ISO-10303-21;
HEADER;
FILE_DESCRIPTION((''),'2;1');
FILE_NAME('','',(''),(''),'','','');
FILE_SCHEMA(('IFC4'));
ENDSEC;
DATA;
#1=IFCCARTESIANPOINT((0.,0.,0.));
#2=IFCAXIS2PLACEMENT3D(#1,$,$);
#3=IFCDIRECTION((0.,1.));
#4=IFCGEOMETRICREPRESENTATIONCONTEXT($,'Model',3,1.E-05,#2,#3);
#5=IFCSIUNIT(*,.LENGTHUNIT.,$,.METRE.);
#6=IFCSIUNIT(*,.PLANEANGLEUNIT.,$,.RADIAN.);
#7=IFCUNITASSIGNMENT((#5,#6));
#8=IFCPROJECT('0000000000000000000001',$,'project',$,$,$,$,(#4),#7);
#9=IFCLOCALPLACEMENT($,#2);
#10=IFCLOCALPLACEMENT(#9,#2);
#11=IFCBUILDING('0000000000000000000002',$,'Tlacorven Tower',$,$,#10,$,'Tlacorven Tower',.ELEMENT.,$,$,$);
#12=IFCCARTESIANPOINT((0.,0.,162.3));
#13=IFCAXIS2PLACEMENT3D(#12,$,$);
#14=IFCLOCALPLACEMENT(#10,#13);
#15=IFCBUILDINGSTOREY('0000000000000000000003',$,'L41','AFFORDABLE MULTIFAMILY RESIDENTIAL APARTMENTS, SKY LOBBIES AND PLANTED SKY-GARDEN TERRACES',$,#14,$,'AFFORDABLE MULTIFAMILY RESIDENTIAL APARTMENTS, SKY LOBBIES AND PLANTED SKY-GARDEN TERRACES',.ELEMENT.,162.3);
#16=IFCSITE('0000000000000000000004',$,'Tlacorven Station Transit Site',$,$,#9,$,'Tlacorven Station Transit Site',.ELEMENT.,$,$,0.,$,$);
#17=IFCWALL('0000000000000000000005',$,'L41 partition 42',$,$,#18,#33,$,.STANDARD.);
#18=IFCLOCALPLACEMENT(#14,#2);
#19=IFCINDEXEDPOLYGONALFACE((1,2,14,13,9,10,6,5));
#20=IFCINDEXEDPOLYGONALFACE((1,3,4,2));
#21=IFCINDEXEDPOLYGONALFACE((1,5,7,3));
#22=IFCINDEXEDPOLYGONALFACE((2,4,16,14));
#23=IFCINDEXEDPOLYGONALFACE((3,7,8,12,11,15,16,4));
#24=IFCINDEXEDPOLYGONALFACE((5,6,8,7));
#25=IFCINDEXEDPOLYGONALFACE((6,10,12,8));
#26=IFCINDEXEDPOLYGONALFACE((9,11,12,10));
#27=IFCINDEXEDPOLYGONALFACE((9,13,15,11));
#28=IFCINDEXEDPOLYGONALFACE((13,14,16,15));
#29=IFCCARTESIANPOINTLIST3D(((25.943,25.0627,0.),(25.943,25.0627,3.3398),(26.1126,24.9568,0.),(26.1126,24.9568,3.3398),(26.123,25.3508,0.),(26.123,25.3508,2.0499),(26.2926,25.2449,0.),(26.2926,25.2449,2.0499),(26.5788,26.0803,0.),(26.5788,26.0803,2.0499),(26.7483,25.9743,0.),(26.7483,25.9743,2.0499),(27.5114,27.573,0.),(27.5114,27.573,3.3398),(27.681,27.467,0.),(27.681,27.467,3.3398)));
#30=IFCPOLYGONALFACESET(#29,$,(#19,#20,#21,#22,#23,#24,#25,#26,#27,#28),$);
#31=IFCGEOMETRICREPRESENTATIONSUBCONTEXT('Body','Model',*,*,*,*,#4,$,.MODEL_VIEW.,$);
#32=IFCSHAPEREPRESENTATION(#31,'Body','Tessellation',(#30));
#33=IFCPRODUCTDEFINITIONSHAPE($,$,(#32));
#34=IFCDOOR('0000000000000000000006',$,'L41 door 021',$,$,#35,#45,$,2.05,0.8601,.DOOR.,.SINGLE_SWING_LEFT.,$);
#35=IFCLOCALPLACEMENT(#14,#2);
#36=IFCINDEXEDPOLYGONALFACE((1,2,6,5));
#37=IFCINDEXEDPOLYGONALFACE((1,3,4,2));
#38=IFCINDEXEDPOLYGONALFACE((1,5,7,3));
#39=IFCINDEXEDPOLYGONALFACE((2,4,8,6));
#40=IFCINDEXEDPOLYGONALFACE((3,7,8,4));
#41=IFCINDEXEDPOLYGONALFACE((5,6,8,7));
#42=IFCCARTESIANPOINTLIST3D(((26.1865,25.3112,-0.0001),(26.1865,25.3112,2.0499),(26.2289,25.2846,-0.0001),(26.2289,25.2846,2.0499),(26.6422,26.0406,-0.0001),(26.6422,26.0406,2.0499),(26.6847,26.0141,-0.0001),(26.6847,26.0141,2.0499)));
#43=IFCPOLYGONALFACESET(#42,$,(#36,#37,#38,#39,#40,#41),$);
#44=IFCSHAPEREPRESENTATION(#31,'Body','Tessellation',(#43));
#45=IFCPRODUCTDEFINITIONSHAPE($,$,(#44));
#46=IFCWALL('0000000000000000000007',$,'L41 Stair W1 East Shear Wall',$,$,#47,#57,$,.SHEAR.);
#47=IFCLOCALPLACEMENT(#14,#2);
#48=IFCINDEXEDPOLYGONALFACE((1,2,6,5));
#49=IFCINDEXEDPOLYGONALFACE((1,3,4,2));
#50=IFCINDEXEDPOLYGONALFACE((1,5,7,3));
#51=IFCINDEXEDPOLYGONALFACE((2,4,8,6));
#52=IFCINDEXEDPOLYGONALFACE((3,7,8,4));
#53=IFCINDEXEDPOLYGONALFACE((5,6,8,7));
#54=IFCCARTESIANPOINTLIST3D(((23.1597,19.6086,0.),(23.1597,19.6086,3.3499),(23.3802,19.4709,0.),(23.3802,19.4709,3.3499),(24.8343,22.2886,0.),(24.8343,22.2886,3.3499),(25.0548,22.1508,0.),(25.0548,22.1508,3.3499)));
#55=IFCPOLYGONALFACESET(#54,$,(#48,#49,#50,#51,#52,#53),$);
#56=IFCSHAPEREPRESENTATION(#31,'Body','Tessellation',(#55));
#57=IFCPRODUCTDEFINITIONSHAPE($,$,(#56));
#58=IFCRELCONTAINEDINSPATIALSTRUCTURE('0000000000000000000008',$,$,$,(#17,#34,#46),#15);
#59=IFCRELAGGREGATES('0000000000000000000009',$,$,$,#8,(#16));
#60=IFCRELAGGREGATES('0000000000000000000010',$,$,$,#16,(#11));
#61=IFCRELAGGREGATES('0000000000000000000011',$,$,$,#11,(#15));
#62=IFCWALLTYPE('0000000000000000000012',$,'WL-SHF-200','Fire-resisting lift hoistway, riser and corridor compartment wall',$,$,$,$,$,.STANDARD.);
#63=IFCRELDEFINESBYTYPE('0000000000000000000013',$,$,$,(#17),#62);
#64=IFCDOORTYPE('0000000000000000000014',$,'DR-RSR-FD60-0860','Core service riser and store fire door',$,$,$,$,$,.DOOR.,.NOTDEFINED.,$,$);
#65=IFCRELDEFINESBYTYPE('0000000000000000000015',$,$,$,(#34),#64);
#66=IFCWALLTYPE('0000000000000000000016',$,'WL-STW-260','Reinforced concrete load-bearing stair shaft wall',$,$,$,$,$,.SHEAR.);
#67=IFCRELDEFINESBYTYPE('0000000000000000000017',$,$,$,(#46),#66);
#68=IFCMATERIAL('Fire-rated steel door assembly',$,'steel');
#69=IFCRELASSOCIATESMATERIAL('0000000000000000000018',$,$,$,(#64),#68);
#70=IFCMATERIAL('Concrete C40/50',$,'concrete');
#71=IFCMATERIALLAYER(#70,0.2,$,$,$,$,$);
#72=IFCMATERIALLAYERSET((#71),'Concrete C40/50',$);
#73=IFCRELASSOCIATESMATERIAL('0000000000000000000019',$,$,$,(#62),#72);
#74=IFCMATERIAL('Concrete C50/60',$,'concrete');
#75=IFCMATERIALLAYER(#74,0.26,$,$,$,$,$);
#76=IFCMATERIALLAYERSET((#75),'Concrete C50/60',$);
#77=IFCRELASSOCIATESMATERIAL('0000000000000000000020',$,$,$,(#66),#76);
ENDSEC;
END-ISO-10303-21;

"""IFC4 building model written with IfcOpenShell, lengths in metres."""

from ifc_helpers import new_model, si_unit, direction, frame, frame_2d, origin, place, context, subcontext, project, spatial, rectangle, extrude, source, transform, mapped, material, layer, layer_set, type_object, element, fill, save


model = new_model("IFC4")

# Units and contexts
model_context = context("Model", 3, precision=1e-05, world=origin(), true_north=direction((0.0, 1.0)))
body_context = subcontext(model_context, "Body", "Model", "MODEL_VIEW")
ifc_project = project(units=[si_unit("LENGTHUNIT", "METRE"), si_unit("PLANEANGLEUNIT", "RADIAN")], contexts=[model_context])

# Site, building, storey
site_placement = place(None, origin())
site = spatial("IfcSite", under=ifc_project, at=site_placement, Name="Tlacorven Station Transit Site", LongName="Tlacorven Station Transit Site", CompositionType="ELEMENT", RefElevation=0.0)
building_placement = place(site_placement, origin())
building = spatial("IfcBuilding", under=site, at=building_placement, Name="Tlacorven Tower", LongName="Tlacorven Tower", CompositionType="ELEMENT")
storey_placement = place(building_placement, frame((0.0, 0.0, 162.3)))
storey = spatial("IfcBuildingStorey", under=building, at=storey_placement, Name="L41", Description="AFFORDABLE MULTIFAMILY RESIDENTIAL APARTMENTS, SKY LOBBIES AND PLANTED SKY-GARDEN TERRACES", LongName="AFFORDABLE MULTIFAMILY RESIDENTIAL APARTMENTS, SKY LOBBIES AND PLANTED SKY-GARDEN TERRACES", CompositionType="ELEMENT", Elevation=162.3)

# Shared definitions
ifc_material_1 = material(Name="Fire-rated steel door assembly", Category="steel")
door_type_1 = type_object("IfcDoorType", Name="DR-RSR-FD60-0860", Description="Core service riser and store fire door", OperationType="NOTDEFINED", PredefinedType="DOOR", material=ifc_material_1)
shared_shape_1 = source(origin(), body_context, "Body", "SweptSolid", [
    extrude(rectangle(XDim=0.8601, YDim=2.05, at=frame_2d((0.4302, 1.0249))), frame((0.0, 0.0249, 0.0), z_axis=(0.0, -1.0, 0.0), x_axis=(1.0, 0.0, 0.0)), (0.0, 0.0, 1.0), 0.05),
])

# Wall, opening, door
ifc_material_2 = material(Name="Concrete C40/50", Category="concrete")
ifc_layer_1 = layer(ifc_material_2, 0.2)
ifc_layer_set_1 = layer_set([ifc_layer_1], Name="Concrete C40/50")
wall_type_1 = type_object("IfcWallType", Name="WL-SHF-200", Description="Fire-resisting lift hoistway, riser and corridor compartment wall", PredefinedType="STANDARD", material=ifc_layer_set_1)
wall_1_placement = place(storey_placement, frame((27.5962, 27.52, 0.0), z_axis=(0.0, 0.0, 1.0), x_axis=(-0.529865, -0.848082, 0.0)))
wall_1 = element("IfcWall", 1, at=wall_1_placement, inside=storey, type_object=wall_type_1, Name="L41 partition 42", PredefinedType="STANDARD", context=body_context, shape_type="SweptSolid", body=[
    extrude(rectangle(XDim=2.96, YDim=0.2, at=frame_2d((1.48, 0.0))), origin(), (0.0, 0.0, 1.0), 3.3398),
])
opening_1_placement = place(wall_1_placement, frame((1.76, 0.0, 0.0)))
opening_1 = element("IfcOpeningElement", 2, at=opening_1_placement, cuts=wall_1, PredefinedType="OPENING", context=body_context, shape_type="SweptSolid", body=[
    extrude(rectangle(XDim=0.8601, YDim=2.05, at=frame_2d((0.4302, 1.0249))), frame((0.0, 0.1099, 0.0), z_axis=(0.0, -1.0, 0.0), x_axis=(1.0, 0.0, 0.0)), (0.0, 0.0, 1.0), 0.22),
])
door_1_placement = place(opening_1_placement, origin())
door_1 = element("IfcDoor", 3, at=door_1_placement, inside=storey, type_object=door_type_1, Name="L41 door 021", OperationType="SINGLE_SWING_LEFT", OverallHeight=2.05, OverallWidth=0.8601, PredefinedType="DOOR", context=body_context, shape_type="MappedRepresentation", body=[
    mapped(shared_shape_1, transform((0.0, 0.0, 0.0), scale=1.0)),
])
fill(opening_1, door_1)

# Wall
ifc_material_3 = material(Name="Concrete C50/60", Category="concrete")
ifc_layer_2 = layer(ifc_material_3, 0.26)
ifc_layer_set_2 = layer_set([ifc_layer_2], Name="Concrete C50/60")
wall_type_2 = type_object("IfcWallType", Name="WL-STW-260", Description="Reinforced concrete load-bearing stair shaft wall", PredefinedType="SHEAR", material=ifc_layer_set_2)
wall_2_placement = place(storey_placement, frame((24.9446, 22.2197, 0.0), z_axis=(0.0, 0.0, 1.0), x_axis=(-0.529909, -0.848055, 0.0)))
element("IfcWall", 4, at=wall_2_placement, inside=storey, type_object=wall_type_2, Name="L41 Stair W1 East Shear Wall", PredefinedType="SHEAR", context=body_context, shape_type="SweptSolid", body=[
    extrude(rectangle(XDim=3.1602, YDim=0.26, at=frame_2d((1.5801, 0.0))), origin(), (0.0, 0.0, 1.0), 3.3499),
])

save(model, "model.ifc")
